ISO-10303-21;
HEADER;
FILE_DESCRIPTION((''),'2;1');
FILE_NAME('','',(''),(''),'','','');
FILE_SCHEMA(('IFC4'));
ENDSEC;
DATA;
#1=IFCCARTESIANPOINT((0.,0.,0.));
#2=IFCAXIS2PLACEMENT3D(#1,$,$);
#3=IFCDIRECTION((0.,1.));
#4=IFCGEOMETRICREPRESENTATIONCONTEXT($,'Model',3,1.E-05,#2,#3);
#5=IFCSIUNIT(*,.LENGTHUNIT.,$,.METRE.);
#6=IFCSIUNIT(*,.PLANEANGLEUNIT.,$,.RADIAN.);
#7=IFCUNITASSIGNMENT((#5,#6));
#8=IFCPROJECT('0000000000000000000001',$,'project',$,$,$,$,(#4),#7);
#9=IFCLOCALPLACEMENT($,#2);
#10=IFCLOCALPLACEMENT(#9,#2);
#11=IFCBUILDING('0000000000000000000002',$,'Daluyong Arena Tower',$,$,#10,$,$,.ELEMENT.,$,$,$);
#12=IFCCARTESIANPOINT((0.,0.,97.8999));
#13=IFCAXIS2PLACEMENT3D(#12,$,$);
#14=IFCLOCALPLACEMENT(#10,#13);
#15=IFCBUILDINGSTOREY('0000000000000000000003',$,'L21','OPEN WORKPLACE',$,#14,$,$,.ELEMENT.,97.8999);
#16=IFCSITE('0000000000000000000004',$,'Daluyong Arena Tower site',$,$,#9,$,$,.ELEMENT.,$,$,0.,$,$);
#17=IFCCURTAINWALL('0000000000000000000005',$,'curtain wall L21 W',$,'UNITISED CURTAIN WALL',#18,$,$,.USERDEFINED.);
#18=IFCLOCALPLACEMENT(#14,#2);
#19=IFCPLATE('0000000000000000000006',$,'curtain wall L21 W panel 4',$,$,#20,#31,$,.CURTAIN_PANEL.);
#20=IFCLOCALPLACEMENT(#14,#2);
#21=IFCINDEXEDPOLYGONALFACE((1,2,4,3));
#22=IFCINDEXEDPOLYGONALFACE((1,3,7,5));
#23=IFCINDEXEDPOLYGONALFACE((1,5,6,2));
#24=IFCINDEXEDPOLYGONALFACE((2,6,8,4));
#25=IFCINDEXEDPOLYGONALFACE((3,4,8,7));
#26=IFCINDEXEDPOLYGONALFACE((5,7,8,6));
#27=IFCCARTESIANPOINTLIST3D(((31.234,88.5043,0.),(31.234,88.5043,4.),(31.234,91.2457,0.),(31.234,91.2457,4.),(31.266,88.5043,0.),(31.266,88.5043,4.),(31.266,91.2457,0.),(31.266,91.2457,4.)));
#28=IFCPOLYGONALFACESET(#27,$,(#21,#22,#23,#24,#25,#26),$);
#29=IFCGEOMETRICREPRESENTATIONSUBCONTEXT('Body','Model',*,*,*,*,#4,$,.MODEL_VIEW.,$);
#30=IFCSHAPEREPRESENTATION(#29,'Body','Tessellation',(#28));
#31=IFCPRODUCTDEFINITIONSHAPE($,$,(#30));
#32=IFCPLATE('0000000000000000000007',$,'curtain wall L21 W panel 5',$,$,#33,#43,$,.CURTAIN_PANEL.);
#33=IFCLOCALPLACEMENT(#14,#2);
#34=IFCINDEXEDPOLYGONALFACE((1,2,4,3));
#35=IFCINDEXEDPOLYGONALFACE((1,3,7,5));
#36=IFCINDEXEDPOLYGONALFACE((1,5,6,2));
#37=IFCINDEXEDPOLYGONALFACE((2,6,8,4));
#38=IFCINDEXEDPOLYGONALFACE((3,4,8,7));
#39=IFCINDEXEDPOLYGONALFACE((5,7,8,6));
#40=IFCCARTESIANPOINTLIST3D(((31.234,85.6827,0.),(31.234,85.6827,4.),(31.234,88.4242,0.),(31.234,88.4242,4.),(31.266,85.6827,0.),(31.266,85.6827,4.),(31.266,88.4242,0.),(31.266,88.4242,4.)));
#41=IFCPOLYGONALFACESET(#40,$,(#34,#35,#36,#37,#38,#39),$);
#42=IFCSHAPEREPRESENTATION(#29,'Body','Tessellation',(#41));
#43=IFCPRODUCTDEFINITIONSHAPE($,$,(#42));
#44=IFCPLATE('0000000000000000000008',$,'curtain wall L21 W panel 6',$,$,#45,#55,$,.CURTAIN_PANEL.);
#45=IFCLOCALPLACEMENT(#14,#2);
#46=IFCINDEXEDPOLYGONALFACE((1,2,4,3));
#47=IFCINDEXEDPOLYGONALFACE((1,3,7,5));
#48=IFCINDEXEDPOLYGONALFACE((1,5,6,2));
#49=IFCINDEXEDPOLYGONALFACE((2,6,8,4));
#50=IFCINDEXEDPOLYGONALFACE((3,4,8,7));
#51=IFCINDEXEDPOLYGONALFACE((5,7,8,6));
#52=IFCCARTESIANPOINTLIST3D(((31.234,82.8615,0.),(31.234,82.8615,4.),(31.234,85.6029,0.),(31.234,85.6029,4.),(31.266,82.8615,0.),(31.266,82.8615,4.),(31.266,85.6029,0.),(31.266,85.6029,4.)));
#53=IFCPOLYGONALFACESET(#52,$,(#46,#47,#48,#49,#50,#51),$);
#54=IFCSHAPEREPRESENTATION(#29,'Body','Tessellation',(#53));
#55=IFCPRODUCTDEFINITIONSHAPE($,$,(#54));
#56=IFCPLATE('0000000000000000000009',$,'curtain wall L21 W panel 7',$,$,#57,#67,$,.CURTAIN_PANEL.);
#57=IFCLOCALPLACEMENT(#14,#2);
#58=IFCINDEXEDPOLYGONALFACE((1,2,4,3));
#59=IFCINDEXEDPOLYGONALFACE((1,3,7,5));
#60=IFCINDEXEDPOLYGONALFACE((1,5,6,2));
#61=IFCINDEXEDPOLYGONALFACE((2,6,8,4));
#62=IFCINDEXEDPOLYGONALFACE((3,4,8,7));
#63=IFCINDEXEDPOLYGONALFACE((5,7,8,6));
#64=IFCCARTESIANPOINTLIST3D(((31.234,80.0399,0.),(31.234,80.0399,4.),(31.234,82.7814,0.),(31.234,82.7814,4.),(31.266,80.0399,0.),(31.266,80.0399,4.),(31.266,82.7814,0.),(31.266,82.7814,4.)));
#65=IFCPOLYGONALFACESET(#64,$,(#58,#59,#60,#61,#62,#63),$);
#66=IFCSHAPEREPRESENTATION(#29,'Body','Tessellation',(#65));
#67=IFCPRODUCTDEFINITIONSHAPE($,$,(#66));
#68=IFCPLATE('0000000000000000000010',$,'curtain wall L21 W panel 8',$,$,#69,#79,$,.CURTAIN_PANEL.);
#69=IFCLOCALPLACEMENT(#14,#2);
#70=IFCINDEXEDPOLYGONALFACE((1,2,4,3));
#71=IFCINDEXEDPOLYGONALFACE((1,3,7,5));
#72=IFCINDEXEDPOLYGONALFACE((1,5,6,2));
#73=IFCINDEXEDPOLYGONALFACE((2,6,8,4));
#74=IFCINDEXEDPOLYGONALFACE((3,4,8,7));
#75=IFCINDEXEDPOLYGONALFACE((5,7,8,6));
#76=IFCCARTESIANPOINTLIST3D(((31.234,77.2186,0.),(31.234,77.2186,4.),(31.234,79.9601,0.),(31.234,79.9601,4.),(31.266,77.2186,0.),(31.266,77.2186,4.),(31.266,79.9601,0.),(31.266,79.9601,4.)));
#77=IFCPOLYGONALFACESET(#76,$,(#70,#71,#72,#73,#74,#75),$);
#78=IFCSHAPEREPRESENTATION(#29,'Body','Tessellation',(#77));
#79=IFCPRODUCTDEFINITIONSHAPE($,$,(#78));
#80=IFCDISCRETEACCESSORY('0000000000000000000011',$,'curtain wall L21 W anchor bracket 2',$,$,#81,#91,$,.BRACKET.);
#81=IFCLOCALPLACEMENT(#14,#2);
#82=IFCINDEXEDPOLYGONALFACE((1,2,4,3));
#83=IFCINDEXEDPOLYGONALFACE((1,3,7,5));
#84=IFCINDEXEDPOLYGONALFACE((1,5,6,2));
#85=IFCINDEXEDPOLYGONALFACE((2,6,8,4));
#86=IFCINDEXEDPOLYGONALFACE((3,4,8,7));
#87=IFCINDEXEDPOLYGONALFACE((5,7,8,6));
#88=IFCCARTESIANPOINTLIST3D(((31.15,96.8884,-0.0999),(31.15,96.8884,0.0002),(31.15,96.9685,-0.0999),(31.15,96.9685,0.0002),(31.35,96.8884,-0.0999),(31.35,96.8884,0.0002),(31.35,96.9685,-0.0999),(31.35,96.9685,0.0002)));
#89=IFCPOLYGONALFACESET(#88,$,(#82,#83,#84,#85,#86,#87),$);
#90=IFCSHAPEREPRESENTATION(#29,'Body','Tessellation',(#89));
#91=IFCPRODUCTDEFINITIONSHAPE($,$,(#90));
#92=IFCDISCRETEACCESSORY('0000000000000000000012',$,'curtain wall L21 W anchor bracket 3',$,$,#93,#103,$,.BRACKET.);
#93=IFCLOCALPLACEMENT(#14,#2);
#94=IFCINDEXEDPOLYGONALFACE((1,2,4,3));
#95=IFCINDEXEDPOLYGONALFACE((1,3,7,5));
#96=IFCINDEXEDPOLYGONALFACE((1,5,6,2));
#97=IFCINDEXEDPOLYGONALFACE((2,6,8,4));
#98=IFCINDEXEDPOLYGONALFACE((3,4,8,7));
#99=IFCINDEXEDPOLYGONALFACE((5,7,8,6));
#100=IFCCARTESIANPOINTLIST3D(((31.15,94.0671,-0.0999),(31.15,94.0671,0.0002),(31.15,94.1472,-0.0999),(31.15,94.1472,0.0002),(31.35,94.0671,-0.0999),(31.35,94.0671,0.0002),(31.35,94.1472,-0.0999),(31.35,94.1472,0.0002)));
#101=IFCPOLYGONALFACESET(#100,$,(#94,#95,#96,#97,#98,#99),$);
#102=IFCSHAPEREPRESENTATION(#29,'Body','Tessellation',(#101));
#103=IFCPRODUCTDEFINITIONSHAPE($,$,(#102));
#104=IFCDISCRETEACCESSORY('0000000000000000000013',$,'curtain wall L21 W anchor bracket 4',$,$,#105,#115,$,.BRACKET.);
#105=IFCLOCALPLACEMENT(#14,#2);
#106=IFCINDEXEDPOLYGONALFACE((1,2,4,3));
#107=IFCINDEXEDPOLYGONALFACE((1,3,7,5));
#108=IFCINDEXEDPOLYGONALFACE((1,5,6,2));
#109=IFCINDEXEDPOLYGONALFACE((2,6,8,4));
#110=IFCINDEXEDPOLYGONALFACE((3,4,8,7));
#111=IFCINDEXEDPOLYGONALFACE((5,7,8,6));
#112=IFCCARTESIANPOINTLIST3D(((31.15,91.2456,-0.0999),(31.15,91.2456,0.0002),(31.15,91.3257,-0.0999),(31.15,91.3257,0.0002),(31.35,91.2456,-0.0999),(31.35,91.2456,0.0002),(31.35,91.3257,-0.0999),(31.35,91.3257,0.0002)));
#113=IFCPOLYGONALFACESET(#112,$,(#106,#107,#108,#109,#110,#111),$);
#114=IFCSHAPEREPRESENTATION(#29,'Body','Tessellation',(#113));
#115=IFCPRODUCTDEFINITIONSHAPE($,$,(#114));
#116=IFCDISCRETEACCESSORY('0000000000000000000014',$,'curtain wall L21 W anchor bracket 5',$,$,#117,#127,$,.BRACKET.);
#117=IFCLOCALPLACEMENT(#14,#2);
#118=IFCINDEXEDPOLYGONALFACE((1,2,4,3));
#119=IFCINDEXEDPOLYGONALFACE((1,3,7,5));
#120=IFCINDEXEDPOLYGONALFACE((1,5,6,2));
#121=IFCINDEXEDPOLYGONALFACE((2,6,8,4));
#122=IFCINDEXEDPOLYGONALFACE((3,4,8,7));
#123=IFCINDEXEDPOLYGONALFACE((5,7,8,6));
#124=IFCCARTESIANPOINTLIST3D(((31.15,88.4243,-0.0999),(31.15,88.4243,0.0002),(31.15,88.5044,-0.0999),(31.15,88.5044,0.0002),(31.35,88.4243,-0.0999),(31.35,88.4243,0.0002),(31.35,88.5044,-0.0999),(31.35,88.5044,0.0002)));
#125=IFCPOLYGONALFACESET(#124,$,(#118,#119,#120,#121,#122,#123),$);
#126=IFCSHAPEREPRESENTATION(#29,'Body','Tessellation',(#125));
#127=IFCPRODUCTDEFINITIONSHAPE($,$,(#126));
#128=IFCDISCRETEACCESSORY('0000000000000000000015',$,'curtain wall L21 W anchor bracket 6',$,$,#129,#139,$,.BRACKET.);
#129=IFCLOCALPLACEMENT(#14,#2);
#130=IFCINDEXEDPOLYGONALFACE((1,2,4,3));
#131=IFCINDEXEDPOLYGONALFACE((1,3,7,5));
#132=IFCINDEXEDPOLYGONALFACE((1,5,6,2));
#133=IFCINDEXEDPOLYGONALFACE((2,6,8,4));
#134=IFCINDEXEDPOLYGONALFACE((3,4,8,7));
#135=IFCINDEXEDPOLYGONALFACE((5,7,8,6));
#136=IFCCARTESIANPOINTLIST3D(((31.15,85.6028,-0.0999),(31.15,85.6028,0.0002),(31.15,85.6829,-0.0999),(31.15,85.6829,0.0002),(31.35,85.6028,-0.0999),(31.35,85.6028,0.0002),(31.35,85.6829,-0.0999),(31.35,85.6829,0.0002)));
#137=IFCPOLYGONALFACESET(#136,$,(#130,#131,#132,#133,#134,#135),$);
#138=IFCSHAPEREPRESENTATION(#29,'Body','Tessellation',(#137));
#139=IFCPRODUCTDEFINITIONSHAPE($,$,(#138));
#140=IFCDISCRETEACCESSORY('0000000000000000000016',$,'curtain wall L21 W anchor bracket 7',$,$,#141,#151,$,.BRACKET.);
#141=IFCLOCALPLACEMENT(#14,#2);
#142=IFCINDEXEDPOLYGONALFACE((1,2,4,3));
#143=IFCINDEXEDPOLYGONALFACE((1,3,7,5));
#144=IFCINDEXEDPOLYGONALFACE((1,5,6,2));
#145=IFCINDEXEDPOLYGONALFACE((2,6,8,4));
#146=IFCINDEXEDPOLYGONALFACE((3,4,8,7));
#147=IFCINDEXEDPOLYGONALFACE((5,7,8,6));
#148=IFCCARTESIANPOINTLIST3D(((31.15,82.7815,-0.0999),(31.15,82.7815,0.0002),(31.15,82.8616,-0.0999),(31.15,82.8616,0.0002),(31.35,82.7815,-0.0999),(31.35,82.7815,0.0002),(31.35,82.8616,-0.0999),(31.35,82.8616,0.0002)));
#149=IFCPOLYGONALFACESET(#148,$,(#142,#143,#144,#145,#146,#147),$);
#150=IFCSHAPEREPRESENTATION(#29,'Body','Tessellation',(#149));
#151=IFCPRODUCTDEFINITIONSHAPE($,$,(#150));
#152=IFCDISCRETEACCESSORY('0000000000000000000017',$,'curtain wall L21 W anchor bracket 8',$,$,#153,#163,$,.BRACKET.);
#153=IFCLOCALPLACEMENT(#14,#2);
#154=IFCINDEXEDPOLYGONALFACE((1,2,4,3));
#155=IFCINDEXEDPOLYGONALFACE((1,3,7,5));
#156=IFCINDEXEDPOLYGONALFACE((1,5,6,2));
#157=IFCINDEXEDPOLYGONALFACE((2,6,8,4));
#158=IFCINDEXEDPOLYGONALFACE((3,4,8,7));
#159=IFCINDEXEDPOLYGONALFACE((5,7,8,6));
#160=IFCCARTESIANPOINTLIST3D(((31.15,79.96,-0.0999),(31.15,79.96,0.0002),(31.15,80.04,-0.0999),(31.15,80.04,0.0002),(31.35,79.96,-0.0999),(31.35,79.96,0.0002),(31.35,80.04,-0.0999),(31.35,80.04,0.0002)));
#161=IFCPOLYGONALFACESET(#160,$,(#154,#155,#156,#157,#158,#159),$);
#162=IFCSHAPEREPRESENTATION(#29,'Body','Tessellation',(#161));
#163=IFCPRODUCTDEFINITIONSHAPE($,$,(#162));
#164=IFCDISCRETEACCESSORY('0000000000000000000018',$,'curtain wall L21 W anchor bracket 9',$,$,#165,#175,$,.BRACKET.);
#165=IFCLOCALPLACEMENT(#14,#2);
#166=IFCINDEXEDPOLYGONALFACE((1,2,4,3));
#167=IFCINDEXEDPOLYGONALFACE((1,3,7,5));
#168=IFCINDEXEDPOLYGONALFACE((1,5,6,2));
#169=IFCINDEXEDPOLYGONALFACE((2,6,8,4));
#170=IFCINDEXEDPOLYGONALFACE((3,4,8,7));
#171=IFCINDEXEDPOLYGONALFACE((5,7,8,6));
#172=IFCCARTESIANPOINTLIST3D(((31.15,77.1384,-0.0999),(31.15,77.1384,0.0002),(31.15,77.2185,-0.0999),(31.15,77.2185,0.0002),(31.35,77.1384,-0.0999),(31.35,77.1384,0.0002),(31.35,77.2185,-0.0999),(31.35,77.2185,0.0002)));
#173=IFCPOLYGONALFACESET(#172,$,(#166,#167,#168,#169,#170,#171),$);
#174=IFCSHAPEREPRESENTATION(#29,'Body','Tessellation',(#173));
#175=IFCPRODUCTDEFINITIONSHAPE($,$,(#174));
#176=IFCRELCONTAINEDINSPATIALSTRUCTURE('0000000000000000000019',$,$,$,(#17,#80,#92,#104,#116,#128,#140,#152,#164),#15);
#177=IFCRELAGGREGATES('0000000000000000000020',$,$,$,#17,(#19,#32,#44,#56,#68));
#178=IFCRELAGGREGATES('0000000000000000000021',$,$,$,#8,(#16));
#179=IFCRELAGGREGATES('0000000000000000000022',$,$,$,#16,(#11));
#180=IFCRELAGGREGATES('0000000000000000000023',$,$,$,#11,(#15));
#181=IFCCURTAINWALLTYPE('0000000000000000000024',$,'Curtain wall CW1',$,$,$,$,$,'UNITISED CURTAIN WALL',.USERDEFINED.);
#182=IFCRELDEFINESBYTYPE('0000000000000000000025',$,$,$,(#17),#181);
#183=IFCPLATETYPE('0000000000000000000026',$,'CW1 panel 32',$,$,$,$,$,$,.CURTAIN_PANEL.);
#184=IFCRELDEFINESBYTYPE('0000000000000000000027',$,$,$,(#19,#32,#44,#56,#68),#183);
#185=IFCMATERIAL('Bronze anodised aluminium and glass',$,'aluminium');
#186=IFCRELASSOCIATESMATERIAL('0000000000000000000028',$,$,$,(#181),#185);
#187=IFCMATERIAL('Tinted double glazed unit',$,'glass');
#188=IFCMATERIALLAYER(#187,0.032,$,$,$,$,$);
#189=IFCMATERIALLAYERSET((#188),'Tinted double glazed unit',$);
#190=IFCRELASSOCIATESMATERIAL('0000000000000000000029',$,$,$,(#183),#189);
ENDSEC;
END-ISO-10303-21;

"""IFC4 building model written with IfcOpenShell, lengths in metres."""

from ifc_helpers import new_model, si_unit, direction, frame, origin, origin_2d, place, context, subcontext, project, spatial, rectangle, extrude, material, layer, layer_set, type_object, element, aggregate, save


model = new_model("IFC4")

# Units and contexts
model_context = context("Model", 3, precision=1e-05, world=origin(), true_north=direction((0.0, 1.0)))
body_context = subcontext(model_context, "Body", "Model", "MODEL_VIEW")
ifc_project = project(units=[si_unit("LENGTHUNIT", "METRE"), si_unit("PLANEANGLEUNIT", "RADIAN")], contexts=[model_context])

# Site, building, storey
site_placement = place(None, origin())
site = spatial("IfcSite", under=ifc_project, at=site_placement, Name="Daluyong Arena Tower site", CompositionType="ELEMENT", RefElevation=0.0)
building_placement = place(site_placement, origin())
building = spatial("IfcBuilding", under=site, at=building_placement, Name="Daluyong Arena Tower", CompositionType="ELEMENT")
storey_placement = place(building_placement, frame((0.0, 0.0, 97.8999)))
storey = spatial("IfcBuildingStorey", under=building, at=storey_placement, Name="L21", Description="OPEN WORKPLACE", CompositionType="ELEMENT", Elevation=97.8999)

# Curtain wall
ifc_material_1 = material(Name="Bronze anodised aluminium and glass", Category="aluminium")
curtain_wall_type = type_object("IfcCurtainWallType", Name="Curtain wall CW1", ElementType="UNITISED CURTAIN WALL", PredefinedType="USERDEFINED", material=ifc_material_1)
curtain_wall_placement = place(storey_placement, origin())
curtain_wall = element("IfcCurtainWall", 1, at=curtain_wall_placement, inside=storey, type_object=curtain_wall_type, Name="curtain wall L21 W", ObjectType="UNITISED CURTAIN WALL", PredefinedType="USERDEFINED")

# Plates
ifc_material_2 = material(Name="Tinted double glazed unit", Category="glass")
ifc_layer = layer(ifc_material_2, 0.032)
ifc_layer_set = layer_set([ifc_layer], Name="Tinted double glazed unit")
plate_type = type_object("IfcPlateType", Name="CW1 panel 32", PredefinedType="CURTAIN_PANEL", material=ifc_layer_set)
plate_1_placement = place(storey_placement, frame((31.25, 89.875, 0.0), z_axis=(0.0, 0.0, 1.0), x_axis=(0.0, -1.0, 0.0)))
plate_1 = element("IfcPlate", 2, at=plate_1_placement, type_object=plate_type, Name="curtain wall L21 W panel 4", PredefinedType="CURTAIN_PANEL", context=body_context, shape_type="SweptSolid", body=[
    extrude(rectangle(XDim=2.7415, YDim=0.032, at=origin_2d()), origin(), (0.0, 0.0, 1.0), 4.0),
])
plate_2_placement = place(storey_placement, frame((31.25, 87.0535, 0.0), z_axis=(0.0, 0.0, 1.0), x_axis=(0.0, -1.0, 0.0)))
plate_2 = element("IfcPlate", 3, at=plate_2_placement, type_object=plate_type, Name="curtain wall L21 W panel 5", PredefinedType="CURTAIN_PANEL", context=body_context, shape_type="SweptSolid", body=[
    extrude(rectangle(XDim=2.7415, YDim=0.032, at=origin_2d()), origin(), (0.0, 0.0, 1.0), 4.0),
])
plate_3_placement = place(storey_placement, frame((31.25, 84.2322, 0.0), z_axis=(0.0, 0.0, 1.0), x_axis=(0.0, -1.0, 0.0)))
plate_3 = element("IfcPlate", 4, at=plate_3_placement, type_object=plate_type, Name="curtain wall L21 W panel 6", PredefinedType="CURTAIN_PANEL", context=body_context, shape_type="SweptSolid", body=[
    extrude(rectangle(XDim=2.7415, YDim=0.032, at=origin_2d()), origin(), (0.0, 0.0, 1.0), 4.0),
])
plate_4_placement = place(storey_placement, frame((31.25, 81.4106, 0.0), z_axis=(0.0, 0.0, 1.0), x_axis=(0.0, -1.0, 0.0)))
plate_4 = element("IfcPlate", 5, at=plate_4_placement, type_object=plate_type, Name="curtain wall L21 W panel 7", PredefinedType="CURTAIN_PANEL", context=body_context, shape_type="SweptSolid", body=[
    extrude(rectangle(XDim=2.7415, YDim=0.032, at=origin_2d()), origin(), (0.0, 0.0, 1.0), 4.0),
])
plate_5_placement = place(storey_placement, frame((31.25, 78.5894, 0.0), z_axis=(0.0, 0.0, 1.0), x_axis=(0.0, -1.0, 0.0)))
plate_5 = element("IfcPlate", 6, at=plate_5_placement, type_object=plate_type, Name="curtain wall L21 W panel 8", PredefinedType="CURTAIN_PANEL", context=body_context, shape_type="SweptSolid", body=[
    extrude(rectangle(XDim=2.7415, YDim=0.032, at=origin_2d()), origin(), (0.0, 0.0, 1.0), 4.0),
])
aggregate(curtain_wall, [plate_1, plate_2, plate_3, plate_4, plate_5])

# Discrete accessories
for number, where, z_axis, x_axis, name in (
    (7, (31.25, 96.9285, -0.0999), (0.0, 0.0, 1.0), (0.0, -1.0, 0.0), "curtain wall L21 W anchor bracket 2"),
    (8, (31.25, 94.1072, -0.0999), (0.0, 0.0, 1.0), (0.0, -1.0, 0.0), "curtain wall L21 W anchor bracket 3"),
    (9, (31.25, 91.2856, -0.0999), (0.0, 0.0, 1.0), (0.0, -1.0, 0.0), "curtain wall L21 W anchor bracket 4"),
    (10, (31.25, 88.4644, -0.0999), (0.0, 0.0, 1.0), (0.0, -1.0, 0.0), "curtain wall L21 W anchor bracket 5"),
    (11, (31.25, 85.6428, -0.0999), (0.0, 0.0, 1.0), (0.0, -1.0, 0.0), "curtain wall L21 W anchor bracket 6"),
    (12, (31.25, 82.8215, -0.0999), (0.0, 0.0, 1.0), (0.0, -1.0, 0.0), "curtain wall L21 W anchor bracket 7"),
    (13, (31.25, 80.0, -0.0999), (0.0, 0.0, 1.0), (0.0, -1.0, 0.0), "curtain wall L21 W anchor bracket 8"),
    (14, (31.25, 77.1785, -0.0999), (0.0, 0.0, 1.0), (0.0, -1.0, 0.0), "curtain wall L21 W anchor bracket 9"),
):
    element("IfcDiscreteAccessory", number, at=place(storey_placement, frame(where, z_axis=z_axis, x_axis=x_axis)), inside=storey, Name=name, PredefinedType="BRACKET", context=body_context, shape_type="SweptSolid", body=[
        extrude(rectangle(XDim=0.0801, YDim=0.2, at=origin_2d()), origin(), (0.0, 0.0, 1.0), 0.1001),
    ])

save(model, "model.ifc")
